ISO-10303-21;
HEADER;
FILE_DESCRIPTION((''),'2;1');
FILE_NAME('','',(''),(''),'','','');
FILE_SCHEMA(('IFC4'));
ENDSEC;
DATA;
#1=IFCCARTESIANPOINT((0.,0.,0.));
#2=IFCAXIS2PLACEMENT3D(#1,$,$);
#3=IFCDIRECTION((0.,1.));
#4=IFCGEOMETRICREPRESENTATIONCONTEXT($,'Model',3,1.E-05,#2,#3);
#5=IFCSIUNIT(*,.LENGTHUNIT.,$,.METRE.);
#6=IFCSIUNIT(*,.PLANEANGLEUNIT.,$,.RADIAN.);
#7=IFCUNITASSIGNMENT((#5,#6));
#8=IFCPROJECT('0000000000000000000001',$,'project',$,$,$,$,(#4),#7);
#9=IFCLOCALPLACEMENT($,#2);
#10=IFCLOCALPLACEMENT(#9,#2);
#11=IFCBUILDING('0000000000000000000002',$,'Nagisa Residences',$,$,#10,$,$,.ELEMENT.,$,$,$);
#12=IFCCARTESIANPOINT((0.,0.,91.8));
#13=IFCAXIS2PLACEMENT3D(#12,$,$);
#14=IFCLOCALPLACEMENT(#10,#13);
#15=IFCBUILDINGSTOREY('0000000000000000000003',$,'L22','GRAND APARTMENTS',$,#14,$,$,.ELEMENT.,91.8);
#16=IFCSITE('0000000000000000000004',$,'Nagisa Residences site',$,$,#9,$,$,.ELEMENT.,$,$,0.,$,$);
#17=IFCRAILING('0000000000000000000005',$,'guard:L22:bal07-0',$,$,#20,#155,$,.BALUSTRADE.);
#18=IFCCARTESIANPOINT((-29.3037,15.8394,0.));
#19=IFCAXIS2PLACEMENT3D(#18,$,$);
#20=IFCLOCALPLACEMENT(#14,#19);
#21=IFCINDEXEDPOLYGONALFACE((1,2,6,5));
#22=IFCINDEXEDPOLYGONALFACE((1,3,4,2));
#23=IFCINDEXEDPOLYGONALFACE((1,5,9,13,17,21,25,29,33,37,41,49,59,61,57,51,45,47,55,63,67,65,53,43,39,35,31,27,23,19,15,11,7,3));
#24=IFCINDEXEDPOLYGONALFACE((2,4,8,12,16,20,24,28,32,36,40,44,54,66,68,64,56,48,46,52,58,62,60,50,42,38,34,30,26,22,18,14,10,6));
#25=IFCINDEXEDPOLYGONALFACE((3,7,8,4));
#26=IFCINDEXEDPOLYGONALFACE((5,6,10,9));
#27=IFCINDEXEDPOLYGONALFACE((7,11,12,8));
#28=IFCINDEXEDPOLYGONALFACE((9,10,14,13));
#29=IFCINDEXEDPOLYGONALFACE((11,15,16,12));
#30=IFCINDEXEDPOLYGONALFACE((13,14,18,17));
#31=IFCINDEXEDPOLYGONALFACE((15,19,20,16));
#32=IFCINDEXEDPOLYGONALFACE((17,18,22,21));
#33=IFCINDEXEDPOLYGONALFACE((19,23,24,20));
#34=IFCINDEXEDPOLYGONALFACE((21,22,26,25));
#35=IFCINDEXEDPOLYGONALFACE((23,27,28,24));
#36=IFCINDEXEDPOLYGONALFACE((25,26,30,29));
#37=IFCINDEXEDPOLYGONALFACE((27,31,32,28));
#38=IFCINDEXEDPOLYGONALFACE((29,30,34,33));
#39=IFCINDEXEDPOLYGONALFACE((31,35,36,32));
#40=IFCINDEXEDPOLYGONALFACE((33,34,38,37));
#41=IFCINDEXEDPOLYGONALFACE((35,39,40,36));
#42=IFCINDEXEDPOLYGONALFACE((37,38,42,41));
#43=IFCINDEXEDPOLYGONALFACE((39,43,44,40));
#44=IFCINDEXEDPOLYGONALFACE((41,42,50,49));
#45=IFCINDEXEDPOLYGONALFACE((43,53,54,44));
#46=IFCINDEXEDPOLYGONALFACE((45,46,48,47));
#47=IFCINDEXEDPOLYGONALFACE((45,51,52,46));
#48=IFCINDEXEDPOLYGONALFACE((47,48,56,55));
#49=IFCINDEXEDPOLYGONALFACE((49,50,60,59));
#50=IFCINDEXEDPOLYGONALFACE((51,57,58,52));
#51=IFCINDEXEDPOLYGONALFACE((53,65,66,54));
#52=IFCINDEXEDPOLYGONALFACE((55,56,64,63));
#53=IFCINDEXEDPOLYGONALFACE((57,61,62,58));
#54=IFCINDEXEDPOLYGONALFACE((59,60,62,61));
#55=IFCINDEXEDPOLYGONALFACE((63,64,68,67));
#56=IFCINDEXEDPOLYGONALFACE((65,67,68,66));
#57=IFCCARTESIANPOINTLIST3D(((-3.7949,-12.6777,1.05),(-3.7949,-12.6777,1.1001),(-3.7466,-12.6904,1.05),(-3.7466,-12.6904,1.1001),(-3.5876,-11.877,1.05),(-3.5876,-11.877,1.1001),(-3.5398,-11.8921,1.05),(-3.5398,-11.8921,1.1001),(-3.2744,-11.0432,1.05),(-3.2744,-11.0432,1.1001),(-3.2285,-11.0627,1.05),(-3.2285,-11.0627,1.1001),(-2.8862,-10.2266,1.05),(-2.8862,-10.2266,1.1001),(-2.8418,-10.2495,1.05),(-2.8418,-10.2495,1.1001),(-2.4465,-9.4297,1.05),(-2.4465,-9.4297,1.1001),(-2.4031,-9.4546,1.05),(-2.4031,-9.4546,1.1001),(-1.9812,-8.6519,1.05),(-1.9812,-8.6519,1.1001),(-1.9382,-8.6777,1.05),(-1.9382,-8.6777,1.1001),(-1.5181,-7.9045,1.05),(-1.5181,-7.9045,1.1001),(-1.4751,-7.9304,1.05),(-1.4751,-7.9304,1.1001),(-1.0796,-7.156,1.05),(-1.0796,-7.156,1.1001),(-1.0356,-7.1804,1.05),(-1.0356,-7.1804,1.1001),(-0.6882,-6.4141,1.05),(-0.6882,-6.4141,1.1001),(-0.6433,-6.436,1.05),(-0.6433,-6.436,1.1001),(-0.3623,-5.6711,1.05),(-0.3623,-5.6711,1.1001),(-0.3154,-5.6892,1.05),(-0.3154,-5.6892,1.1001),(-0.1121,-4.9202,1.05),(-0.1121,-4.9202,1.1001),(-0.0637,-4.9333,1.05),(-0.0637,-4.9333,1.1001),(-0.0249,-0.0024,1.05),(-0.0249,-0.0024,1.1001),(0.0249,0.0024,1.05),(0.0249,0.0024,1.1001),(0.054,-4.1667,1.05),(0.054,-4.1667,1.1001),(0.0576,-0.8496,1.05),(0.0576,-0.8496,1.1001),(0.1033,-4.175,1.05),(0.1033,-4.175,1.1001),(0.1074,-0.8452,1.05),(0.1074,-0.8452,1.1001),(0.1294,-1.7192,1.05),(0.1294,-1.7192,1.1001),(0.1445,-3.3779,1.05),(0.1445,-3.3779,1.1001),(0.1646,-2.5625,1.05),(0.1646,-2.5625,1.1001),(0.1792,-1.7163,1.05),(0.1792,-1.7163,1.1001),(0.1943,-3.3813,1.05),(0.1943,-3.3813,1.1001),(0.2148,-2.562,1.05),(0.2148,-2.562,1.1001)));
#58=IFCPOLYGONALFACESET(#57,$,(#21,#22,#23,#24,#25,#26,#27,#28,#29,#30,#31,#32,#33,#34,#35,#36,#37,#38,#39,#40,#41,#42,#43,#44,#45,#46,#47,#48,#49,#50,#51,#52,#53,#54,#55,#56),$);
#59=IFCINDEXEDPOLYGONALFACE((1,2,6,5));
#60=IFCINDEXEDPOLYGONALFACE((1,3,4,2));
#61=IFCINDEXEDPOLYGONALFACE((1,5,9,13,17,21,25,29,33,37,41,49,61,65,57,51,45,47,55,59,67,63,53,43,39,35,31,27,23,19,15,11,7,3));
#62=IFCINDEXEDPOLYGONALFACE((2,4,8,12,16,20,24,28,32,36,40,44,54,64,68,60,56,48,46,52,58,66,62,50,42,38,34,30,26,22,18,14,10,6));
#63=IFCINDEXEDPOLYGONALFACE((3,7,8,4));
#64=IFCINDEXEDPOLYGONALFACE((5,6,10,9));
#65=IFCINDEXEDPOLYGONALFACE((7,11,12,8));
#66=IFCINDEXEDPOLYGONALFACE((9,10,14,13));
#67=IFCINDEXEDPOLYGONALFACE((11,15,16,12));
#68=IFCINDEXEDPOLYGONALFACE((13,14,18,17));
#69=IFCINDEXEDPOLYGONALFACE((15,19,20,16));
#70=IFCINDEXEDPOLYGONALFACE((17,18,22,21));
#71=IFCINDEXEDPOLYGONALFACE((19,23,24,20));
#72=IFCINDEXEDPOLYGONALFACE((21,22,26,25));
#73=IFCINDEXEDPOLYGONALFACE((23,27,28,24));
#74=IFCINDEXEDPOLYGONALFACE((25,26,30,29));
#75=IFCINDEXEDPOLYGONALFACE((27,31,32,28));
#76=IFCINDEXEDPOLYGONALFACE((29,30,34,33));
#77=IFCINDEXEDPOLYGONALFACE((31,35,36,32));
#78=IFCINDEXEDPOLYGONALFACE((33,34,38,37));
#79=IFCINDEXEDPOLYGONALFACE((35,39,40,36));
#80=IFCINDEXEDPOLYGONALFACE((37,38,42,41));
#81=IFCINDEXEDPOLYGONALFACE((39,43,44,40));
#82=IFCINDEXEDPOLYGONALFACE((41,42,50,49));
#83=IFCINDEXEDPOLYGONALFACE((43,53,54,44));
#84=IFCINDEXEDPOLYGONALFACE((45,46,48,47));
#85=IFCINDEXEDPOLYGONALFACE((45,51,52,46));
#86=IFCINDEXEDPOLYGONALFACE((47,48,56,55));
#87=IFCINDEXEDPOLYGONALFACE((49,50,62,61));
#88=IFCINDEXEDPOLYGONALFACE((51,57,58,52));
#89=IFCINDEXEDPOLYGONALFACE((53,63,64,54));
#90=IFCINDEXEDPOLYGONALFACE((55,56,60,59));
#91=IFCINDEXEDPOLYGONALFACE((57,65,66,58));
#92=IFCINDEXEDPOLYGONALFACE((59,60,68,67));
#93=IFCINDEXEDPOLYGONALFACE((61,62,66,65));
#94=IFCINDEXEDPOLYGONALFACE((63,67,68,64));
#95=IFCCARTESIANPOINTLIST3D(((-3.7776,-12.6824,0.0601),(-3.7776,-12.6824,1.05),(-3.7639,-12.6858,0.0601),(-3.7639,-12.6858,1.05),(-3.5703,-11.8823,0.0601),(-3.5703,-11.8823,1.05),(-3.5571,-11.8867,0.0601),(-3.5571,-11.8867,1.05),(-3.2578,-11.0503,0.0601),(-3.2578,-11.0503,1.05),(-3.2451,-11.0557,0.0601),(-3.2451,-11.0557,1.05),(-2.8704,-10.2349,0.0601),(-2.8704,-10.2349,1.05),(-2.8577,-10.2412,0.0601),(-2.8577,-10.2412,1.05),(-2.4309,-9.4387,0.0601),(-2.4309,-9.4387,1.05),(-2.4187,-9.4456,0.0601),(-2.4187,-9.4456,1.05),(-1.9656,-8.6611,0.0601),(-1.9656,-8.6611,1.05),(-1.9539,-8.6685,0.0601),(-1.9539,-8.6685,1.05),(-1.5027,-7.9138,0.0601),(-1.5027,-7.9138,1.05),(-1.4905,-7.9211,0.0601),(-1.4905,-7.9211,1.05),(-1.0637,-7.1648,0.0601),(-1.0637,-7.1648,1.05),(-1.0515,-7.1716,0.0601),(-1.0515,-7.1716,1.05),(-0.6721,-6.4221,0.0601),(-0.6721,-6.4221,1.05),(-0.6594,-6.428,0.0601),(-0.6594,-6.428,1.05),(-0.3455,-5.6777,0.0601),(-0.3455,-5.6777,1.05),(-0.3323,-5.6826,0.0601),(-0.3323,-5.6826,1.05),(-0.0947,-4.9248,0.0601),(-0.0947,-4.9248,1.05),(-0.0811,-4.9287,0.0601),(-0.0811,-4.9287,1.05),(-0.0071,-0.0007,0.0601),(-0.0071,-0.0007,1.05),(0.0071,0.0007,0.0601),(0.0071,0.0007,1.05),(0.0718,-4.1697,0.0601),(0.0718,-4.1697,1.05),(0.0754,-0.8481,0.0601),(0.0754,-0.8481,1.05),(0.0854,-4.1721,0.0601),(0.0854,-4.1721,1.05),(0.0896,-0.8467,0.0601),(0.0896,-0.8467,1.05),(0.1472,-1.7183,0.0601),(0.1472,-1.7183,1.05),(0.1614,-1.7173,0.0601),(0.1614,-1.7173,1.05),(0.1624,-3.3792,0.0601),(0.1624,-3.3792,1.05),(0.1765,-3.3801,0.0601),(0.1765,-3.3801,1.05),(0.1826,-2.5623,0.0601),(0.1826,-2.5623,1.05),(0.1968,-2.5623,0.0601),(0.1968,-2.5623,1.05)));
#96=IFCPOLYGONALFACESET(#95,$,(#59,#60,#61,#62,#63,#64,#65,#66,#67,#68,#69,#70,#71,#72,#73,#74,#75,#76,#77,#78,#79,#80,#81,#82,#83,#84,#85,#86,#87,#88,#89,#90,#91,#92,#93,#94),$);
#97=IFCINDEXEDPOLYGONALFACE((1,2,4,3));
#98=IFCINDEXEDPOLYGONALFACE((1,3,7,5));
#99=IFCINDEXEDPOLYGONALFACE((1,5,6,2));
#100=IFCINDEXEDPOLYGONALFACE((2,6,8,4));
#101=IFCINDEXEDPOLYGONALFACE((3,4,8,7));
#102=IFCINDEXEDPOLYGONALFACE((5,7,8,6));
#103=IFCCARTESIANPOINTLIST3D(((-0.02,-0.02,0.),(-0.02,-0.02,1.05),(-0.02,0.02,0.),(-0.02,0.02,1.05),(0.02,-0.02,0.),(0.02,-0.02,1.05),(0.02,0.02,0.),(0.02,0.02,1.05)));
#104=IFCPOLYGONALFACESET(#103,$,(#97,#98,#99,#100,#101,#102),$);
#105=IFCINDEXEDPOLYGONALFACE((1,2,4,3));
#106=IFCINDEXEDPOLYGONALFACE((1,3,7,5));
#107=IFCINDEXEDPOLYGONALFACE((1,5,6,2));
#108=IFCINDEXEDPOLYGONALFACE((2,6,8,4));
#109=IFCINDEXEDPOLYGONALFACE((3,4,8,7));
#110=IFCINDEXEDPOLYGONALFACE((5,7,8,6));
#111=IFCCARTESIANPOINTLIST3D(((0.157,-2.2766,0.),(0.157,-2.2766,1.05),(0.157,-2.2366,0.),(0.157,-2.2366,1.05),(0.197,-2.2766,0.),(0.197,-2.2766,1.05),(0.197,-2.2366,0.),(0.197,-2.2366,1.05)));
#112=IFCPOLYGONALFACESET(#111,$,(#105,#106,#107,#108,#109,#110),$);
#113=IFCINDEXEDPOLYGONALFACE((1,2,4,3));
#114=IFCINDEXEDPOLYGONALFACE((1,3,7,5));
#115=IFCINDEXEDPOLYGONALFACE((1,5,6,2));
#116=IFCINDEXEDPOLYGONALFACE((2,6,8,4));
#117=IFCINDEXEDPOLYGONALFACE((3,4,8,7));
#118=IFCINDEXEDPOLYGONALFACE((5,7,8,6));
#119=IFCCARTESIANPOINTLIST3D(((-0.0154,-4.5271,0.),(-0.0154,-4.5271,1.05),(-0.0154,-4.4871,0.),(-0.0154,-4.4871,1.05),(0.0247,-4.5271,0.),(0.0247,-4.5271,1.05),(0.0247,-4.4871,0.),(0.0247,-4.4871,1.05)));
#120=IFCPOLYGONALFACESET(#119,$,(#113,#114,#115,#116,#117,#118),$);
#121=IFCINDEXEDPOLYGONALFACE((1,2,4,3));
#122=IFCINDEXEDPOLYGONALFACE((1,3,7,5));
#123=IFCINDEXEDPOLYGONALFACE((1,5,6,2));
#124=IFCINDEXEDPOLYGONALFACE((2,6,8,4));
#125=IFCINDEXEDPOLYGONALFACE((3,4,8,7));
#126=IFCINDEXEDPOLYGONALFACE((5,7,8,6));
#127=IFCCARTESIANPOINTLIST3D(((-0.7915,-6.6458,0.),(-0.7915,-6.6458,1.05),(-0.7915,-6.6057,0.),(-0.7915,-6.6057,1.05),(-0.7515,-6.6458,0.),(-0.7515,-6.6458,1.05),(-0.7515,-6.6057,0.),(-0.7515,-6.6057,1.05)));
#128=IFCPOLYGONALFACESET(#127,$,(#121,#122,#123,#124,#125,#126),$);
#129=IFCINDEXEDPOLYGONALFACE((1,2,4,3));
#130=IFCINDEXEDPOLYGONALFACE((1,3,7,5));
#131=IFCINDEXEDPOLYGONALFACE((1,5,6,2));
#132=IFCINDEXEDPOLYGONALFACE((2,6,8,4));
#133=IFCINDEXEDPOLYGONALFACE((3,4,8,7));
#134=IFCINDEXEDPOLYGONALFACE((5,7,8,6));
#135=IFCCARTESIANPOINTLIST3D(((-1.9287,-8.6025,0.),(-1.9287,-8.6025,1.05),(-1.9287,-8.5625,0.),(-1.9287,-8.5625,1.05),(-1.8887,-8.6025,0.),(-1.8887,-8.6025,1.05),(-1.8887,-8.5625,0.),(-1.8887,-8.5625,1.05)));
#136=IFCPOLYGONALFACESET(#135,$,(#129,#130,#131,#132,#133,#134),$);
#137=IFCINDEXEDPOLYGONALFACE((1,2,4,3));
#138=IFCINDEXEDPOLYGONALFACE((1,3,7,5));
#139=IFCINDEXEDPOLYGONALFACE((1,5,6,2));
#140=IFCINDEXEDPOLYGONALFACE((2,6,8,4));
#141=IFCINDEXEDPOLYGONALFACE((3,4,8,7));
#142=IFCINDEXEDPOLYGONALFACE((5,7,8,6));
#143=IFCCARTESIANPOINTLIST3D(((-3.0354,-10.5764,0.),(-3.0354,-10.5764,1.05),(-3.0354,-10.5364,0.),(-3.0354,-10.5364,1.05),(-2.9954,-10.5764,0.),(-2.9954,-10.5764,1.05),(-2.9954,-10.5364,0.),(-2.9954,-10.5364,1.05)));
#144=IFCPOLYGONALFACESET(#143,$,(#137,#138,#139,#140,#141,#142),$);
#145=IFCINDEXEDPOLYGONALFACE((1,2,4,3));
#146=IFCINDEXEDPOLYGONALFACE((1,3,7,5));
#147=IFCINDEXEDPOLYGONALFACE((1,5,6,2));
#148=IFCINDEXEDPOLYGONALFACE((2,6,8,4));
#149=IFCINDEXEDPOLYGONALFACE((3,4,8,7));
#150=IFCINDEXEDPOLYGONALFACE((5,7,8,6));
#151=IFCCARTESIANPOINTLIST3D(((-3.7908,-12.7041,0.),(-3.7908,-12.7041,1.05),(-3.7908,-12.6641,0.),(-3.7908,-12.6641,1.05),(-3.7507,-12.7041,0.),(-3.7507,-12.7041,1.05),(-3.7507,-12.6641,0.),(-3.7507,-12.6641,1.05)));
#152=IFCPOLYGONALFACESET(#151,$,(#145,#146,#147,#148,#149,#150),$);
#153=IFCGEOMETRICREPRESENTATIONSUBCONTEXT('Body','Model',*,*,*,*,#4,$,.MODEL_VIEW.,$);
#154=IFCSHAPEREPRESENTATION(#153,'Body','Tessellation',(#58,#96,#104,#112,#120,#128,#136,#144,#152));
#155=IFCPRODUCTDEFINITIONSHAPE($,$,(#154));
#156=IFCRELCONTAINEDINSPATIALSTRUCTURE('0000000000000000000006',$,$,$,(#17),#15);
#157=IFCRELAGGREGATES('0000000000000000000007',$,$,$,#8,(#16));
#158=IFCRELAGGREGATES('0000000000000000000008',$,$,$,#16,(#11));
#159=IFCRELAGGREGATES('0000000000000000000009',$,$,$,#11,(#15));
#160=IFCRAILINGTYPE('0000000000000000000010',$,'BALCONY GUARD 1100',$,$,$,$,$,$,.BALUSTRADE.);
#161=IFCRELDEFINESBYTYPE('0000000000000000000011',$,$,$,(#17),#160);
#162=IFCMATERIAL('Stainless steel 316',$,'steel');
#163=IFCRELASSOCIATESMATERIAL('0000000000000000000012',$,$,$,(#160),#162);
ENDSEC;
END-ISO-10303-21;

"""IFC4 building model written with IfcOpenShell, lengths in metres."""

from ifc_helpers import new_model, si_unit, direction, frame, origin, origin_2d, place, context, subcontext, project, spatial, polyline, rectangle, outline, extrude, material, type_object, element, save


model = new_model("IFC4")

# Units and contexts
model_context = context("Model", 3, precision=1e-05, world=origin(), true_north=direction((0.0, 1.0)))
body_context = subcontext(model_context, "Body", "Model", "MODEL_VIEW")
ifc_project = project(units=[si_unit("LENGTHUNIT", "METRE"), si_unit("PLANEANGLEUNIT", "RADIAN")], contexts=[model_context])

# Site, building, storey
site_placement = place(None, origin())
site = spatial("IfcSite", under=ifc_project, at=site_placement, Name="Nagisa Residences site", CompositionType="ELEMENT", RefElevation=0.0)
building_placement = place(site_placement, origin())
building = spatial("IfcBuilding", under=site, at=building_placement, Name="Nagisa Residences", CompositionType="ELEMENT")
storey_placement = place(building_placement, frame((0.0, 0.0, 91.8)))
storey = spatial("IfcBuildingStorey", under=building, at=storey_placement, Name="L22", Description="GRAND APARTMENTS", CompositionType="ELEMENT", Elevation=91.8)

# Railing
ifc_material_1 = material(Name="Stainless steel 316", Category="steel")
railing_type = type_object("IfcRailingType", Name="BALCONY GUARD 1100", PredefinedType="BALUSTRADE", material=ifc_material_1)
railing_1_placement = place(storey_placement, frame((-29.3037, 15.8394, 0.0)))
element("IfcRailing", 1, at=railing_1_placement, inside=storey, type_object=railing_type, Name="guard:L22:bal07-0", PredefinedType="BALUSTRADE", context=body_context, shape_type="SweptSolid", body=[
    extrude(outline(polyline([(0.1074, -0.8452), (0.0249, 0.0024), (-0.0249, -0.0024), (0.0576, -0.8496), (0.1294, -1.7192), (0.1646, -2.5625), (0.1445, -3.3779), (0.054, -4.1667), (-0.1121, -4.9202), (-0.3623, -5.6711), (-0.6882, -6.4141), (-1.0796, -7.156), (-1.5181, -7.9045), (-1.9812, -8.6519), (-2.4465, -9.4297), (-2.8862, -10.2266), (-3.2744, -11.0432), (-3.5876, -11.877), (-3.7949, -12.6777), (-3.7466, -12.6904), (-3.5398, -11.8921), (-3.2285, -11.0627), (-2.8418, -10.2495), (-2.4031, -9.4546), (-1.9382, -8.6777), (-1.4751, -7.9304), (-1.0356, -7.1804), (-0.6433, -6.436), (-0.3154, -5.6892), (-0.0637, -4.9333), (0.1033, -4.175), (0.1943, -3.3813), (0.2148, -2.562), (0.1792, -1.7163), (0.1074, -0.8452)])), frame((0.0, 0.0, 1.05)), (0.0, 0.0, 1.0), 0.05),
    extrude(outline(polyline([(0.0896, -0.8467), (0.0071, 0.0007), (-0.0071, -0.0007), (0.0754, -0.8481), (0.1472, -1.7183), (0.1826, -2.5623), (0.1624, -3.3792), (0.0718, -4.1697), (-0.0947, -4.9248), (-0.3455, -5.6777), (-0.6721, -6.4221), (-1.0637, -7.1648), (-1.5027, -7.9138), (-1.9656, -8.6611), (-2.4309, -9.4387), (-2.8704, -10.2349), (-3.2578, -11.0503), (-3.5703, -11.8823), (-3.7776, -12.6824), (-3.7639, -12.6858), (-3.5571, -11.8867), (-3.2451, -11.0557), (-2.8577, -10.2412), (-2.4187, -9.4456), (-1.9539, -8.6685), (-1.4905, -7.9211), (-1.0515, -7.1716), (-0.6594, -6.428), (-0.3323, -5.6826), (-0.0811, -4.9287), (0.0854, -4.1721), (0.1765, -3.3801), (0.1968, -2.5623), (0.1614, -1.7173), (0.0896, -0.8467)])), frame((0.0, 0.0, 0.0601)), (0.0, 0.0, 1.0), 0.99),
    extrude(rectangle(XDim=0.04, YDim=0.04, at=origin_2d()), origin(), (0.0, 0.0, 1.0), 1.05),
    extrude(rectangle(XDim=0.04, YDim=0.04, at=origin_2d()), frame((0.177, -2.2566, 0.0)), (0.0, 0.0, 1.0), 1.05),
    extrude(rectangle(XDim=0.04, YDim=0.04, at=origin_2d()), frame((0.0046, -4.5071, 0.0)), (0.0, 0.0, 1.0), 1.05),
    extrude(rectangle(XDim=0.04, YDim=0.04, at=origin_2d()), frame((-0.7715, -6.6257, 0.0)), (0.0, 0.0, 1.0), 1.05),
    extrude(rectangle(XDim=0.04, YDim=0.04, at=origin_2d()), frame((-1.9087, -8.5825, 0.0)), (0.0, 0.0, 1.0), 1.05),
    extrude(rectangle(XDim=0.04, YDim=0.04, at=origin_2d()), frame((-3.0154, -10.5564, 0.0)), (0.0, 0.0, 1.0), 1.05),
    extrude(rectangle(XDim=0.04, YDim=0.04, at=origin_2d()), frame((-3.7708, -12.6841, 0.0)), (0.0, 0.0, 1.0), 1.05),
])

save(model, "model.ifc")
